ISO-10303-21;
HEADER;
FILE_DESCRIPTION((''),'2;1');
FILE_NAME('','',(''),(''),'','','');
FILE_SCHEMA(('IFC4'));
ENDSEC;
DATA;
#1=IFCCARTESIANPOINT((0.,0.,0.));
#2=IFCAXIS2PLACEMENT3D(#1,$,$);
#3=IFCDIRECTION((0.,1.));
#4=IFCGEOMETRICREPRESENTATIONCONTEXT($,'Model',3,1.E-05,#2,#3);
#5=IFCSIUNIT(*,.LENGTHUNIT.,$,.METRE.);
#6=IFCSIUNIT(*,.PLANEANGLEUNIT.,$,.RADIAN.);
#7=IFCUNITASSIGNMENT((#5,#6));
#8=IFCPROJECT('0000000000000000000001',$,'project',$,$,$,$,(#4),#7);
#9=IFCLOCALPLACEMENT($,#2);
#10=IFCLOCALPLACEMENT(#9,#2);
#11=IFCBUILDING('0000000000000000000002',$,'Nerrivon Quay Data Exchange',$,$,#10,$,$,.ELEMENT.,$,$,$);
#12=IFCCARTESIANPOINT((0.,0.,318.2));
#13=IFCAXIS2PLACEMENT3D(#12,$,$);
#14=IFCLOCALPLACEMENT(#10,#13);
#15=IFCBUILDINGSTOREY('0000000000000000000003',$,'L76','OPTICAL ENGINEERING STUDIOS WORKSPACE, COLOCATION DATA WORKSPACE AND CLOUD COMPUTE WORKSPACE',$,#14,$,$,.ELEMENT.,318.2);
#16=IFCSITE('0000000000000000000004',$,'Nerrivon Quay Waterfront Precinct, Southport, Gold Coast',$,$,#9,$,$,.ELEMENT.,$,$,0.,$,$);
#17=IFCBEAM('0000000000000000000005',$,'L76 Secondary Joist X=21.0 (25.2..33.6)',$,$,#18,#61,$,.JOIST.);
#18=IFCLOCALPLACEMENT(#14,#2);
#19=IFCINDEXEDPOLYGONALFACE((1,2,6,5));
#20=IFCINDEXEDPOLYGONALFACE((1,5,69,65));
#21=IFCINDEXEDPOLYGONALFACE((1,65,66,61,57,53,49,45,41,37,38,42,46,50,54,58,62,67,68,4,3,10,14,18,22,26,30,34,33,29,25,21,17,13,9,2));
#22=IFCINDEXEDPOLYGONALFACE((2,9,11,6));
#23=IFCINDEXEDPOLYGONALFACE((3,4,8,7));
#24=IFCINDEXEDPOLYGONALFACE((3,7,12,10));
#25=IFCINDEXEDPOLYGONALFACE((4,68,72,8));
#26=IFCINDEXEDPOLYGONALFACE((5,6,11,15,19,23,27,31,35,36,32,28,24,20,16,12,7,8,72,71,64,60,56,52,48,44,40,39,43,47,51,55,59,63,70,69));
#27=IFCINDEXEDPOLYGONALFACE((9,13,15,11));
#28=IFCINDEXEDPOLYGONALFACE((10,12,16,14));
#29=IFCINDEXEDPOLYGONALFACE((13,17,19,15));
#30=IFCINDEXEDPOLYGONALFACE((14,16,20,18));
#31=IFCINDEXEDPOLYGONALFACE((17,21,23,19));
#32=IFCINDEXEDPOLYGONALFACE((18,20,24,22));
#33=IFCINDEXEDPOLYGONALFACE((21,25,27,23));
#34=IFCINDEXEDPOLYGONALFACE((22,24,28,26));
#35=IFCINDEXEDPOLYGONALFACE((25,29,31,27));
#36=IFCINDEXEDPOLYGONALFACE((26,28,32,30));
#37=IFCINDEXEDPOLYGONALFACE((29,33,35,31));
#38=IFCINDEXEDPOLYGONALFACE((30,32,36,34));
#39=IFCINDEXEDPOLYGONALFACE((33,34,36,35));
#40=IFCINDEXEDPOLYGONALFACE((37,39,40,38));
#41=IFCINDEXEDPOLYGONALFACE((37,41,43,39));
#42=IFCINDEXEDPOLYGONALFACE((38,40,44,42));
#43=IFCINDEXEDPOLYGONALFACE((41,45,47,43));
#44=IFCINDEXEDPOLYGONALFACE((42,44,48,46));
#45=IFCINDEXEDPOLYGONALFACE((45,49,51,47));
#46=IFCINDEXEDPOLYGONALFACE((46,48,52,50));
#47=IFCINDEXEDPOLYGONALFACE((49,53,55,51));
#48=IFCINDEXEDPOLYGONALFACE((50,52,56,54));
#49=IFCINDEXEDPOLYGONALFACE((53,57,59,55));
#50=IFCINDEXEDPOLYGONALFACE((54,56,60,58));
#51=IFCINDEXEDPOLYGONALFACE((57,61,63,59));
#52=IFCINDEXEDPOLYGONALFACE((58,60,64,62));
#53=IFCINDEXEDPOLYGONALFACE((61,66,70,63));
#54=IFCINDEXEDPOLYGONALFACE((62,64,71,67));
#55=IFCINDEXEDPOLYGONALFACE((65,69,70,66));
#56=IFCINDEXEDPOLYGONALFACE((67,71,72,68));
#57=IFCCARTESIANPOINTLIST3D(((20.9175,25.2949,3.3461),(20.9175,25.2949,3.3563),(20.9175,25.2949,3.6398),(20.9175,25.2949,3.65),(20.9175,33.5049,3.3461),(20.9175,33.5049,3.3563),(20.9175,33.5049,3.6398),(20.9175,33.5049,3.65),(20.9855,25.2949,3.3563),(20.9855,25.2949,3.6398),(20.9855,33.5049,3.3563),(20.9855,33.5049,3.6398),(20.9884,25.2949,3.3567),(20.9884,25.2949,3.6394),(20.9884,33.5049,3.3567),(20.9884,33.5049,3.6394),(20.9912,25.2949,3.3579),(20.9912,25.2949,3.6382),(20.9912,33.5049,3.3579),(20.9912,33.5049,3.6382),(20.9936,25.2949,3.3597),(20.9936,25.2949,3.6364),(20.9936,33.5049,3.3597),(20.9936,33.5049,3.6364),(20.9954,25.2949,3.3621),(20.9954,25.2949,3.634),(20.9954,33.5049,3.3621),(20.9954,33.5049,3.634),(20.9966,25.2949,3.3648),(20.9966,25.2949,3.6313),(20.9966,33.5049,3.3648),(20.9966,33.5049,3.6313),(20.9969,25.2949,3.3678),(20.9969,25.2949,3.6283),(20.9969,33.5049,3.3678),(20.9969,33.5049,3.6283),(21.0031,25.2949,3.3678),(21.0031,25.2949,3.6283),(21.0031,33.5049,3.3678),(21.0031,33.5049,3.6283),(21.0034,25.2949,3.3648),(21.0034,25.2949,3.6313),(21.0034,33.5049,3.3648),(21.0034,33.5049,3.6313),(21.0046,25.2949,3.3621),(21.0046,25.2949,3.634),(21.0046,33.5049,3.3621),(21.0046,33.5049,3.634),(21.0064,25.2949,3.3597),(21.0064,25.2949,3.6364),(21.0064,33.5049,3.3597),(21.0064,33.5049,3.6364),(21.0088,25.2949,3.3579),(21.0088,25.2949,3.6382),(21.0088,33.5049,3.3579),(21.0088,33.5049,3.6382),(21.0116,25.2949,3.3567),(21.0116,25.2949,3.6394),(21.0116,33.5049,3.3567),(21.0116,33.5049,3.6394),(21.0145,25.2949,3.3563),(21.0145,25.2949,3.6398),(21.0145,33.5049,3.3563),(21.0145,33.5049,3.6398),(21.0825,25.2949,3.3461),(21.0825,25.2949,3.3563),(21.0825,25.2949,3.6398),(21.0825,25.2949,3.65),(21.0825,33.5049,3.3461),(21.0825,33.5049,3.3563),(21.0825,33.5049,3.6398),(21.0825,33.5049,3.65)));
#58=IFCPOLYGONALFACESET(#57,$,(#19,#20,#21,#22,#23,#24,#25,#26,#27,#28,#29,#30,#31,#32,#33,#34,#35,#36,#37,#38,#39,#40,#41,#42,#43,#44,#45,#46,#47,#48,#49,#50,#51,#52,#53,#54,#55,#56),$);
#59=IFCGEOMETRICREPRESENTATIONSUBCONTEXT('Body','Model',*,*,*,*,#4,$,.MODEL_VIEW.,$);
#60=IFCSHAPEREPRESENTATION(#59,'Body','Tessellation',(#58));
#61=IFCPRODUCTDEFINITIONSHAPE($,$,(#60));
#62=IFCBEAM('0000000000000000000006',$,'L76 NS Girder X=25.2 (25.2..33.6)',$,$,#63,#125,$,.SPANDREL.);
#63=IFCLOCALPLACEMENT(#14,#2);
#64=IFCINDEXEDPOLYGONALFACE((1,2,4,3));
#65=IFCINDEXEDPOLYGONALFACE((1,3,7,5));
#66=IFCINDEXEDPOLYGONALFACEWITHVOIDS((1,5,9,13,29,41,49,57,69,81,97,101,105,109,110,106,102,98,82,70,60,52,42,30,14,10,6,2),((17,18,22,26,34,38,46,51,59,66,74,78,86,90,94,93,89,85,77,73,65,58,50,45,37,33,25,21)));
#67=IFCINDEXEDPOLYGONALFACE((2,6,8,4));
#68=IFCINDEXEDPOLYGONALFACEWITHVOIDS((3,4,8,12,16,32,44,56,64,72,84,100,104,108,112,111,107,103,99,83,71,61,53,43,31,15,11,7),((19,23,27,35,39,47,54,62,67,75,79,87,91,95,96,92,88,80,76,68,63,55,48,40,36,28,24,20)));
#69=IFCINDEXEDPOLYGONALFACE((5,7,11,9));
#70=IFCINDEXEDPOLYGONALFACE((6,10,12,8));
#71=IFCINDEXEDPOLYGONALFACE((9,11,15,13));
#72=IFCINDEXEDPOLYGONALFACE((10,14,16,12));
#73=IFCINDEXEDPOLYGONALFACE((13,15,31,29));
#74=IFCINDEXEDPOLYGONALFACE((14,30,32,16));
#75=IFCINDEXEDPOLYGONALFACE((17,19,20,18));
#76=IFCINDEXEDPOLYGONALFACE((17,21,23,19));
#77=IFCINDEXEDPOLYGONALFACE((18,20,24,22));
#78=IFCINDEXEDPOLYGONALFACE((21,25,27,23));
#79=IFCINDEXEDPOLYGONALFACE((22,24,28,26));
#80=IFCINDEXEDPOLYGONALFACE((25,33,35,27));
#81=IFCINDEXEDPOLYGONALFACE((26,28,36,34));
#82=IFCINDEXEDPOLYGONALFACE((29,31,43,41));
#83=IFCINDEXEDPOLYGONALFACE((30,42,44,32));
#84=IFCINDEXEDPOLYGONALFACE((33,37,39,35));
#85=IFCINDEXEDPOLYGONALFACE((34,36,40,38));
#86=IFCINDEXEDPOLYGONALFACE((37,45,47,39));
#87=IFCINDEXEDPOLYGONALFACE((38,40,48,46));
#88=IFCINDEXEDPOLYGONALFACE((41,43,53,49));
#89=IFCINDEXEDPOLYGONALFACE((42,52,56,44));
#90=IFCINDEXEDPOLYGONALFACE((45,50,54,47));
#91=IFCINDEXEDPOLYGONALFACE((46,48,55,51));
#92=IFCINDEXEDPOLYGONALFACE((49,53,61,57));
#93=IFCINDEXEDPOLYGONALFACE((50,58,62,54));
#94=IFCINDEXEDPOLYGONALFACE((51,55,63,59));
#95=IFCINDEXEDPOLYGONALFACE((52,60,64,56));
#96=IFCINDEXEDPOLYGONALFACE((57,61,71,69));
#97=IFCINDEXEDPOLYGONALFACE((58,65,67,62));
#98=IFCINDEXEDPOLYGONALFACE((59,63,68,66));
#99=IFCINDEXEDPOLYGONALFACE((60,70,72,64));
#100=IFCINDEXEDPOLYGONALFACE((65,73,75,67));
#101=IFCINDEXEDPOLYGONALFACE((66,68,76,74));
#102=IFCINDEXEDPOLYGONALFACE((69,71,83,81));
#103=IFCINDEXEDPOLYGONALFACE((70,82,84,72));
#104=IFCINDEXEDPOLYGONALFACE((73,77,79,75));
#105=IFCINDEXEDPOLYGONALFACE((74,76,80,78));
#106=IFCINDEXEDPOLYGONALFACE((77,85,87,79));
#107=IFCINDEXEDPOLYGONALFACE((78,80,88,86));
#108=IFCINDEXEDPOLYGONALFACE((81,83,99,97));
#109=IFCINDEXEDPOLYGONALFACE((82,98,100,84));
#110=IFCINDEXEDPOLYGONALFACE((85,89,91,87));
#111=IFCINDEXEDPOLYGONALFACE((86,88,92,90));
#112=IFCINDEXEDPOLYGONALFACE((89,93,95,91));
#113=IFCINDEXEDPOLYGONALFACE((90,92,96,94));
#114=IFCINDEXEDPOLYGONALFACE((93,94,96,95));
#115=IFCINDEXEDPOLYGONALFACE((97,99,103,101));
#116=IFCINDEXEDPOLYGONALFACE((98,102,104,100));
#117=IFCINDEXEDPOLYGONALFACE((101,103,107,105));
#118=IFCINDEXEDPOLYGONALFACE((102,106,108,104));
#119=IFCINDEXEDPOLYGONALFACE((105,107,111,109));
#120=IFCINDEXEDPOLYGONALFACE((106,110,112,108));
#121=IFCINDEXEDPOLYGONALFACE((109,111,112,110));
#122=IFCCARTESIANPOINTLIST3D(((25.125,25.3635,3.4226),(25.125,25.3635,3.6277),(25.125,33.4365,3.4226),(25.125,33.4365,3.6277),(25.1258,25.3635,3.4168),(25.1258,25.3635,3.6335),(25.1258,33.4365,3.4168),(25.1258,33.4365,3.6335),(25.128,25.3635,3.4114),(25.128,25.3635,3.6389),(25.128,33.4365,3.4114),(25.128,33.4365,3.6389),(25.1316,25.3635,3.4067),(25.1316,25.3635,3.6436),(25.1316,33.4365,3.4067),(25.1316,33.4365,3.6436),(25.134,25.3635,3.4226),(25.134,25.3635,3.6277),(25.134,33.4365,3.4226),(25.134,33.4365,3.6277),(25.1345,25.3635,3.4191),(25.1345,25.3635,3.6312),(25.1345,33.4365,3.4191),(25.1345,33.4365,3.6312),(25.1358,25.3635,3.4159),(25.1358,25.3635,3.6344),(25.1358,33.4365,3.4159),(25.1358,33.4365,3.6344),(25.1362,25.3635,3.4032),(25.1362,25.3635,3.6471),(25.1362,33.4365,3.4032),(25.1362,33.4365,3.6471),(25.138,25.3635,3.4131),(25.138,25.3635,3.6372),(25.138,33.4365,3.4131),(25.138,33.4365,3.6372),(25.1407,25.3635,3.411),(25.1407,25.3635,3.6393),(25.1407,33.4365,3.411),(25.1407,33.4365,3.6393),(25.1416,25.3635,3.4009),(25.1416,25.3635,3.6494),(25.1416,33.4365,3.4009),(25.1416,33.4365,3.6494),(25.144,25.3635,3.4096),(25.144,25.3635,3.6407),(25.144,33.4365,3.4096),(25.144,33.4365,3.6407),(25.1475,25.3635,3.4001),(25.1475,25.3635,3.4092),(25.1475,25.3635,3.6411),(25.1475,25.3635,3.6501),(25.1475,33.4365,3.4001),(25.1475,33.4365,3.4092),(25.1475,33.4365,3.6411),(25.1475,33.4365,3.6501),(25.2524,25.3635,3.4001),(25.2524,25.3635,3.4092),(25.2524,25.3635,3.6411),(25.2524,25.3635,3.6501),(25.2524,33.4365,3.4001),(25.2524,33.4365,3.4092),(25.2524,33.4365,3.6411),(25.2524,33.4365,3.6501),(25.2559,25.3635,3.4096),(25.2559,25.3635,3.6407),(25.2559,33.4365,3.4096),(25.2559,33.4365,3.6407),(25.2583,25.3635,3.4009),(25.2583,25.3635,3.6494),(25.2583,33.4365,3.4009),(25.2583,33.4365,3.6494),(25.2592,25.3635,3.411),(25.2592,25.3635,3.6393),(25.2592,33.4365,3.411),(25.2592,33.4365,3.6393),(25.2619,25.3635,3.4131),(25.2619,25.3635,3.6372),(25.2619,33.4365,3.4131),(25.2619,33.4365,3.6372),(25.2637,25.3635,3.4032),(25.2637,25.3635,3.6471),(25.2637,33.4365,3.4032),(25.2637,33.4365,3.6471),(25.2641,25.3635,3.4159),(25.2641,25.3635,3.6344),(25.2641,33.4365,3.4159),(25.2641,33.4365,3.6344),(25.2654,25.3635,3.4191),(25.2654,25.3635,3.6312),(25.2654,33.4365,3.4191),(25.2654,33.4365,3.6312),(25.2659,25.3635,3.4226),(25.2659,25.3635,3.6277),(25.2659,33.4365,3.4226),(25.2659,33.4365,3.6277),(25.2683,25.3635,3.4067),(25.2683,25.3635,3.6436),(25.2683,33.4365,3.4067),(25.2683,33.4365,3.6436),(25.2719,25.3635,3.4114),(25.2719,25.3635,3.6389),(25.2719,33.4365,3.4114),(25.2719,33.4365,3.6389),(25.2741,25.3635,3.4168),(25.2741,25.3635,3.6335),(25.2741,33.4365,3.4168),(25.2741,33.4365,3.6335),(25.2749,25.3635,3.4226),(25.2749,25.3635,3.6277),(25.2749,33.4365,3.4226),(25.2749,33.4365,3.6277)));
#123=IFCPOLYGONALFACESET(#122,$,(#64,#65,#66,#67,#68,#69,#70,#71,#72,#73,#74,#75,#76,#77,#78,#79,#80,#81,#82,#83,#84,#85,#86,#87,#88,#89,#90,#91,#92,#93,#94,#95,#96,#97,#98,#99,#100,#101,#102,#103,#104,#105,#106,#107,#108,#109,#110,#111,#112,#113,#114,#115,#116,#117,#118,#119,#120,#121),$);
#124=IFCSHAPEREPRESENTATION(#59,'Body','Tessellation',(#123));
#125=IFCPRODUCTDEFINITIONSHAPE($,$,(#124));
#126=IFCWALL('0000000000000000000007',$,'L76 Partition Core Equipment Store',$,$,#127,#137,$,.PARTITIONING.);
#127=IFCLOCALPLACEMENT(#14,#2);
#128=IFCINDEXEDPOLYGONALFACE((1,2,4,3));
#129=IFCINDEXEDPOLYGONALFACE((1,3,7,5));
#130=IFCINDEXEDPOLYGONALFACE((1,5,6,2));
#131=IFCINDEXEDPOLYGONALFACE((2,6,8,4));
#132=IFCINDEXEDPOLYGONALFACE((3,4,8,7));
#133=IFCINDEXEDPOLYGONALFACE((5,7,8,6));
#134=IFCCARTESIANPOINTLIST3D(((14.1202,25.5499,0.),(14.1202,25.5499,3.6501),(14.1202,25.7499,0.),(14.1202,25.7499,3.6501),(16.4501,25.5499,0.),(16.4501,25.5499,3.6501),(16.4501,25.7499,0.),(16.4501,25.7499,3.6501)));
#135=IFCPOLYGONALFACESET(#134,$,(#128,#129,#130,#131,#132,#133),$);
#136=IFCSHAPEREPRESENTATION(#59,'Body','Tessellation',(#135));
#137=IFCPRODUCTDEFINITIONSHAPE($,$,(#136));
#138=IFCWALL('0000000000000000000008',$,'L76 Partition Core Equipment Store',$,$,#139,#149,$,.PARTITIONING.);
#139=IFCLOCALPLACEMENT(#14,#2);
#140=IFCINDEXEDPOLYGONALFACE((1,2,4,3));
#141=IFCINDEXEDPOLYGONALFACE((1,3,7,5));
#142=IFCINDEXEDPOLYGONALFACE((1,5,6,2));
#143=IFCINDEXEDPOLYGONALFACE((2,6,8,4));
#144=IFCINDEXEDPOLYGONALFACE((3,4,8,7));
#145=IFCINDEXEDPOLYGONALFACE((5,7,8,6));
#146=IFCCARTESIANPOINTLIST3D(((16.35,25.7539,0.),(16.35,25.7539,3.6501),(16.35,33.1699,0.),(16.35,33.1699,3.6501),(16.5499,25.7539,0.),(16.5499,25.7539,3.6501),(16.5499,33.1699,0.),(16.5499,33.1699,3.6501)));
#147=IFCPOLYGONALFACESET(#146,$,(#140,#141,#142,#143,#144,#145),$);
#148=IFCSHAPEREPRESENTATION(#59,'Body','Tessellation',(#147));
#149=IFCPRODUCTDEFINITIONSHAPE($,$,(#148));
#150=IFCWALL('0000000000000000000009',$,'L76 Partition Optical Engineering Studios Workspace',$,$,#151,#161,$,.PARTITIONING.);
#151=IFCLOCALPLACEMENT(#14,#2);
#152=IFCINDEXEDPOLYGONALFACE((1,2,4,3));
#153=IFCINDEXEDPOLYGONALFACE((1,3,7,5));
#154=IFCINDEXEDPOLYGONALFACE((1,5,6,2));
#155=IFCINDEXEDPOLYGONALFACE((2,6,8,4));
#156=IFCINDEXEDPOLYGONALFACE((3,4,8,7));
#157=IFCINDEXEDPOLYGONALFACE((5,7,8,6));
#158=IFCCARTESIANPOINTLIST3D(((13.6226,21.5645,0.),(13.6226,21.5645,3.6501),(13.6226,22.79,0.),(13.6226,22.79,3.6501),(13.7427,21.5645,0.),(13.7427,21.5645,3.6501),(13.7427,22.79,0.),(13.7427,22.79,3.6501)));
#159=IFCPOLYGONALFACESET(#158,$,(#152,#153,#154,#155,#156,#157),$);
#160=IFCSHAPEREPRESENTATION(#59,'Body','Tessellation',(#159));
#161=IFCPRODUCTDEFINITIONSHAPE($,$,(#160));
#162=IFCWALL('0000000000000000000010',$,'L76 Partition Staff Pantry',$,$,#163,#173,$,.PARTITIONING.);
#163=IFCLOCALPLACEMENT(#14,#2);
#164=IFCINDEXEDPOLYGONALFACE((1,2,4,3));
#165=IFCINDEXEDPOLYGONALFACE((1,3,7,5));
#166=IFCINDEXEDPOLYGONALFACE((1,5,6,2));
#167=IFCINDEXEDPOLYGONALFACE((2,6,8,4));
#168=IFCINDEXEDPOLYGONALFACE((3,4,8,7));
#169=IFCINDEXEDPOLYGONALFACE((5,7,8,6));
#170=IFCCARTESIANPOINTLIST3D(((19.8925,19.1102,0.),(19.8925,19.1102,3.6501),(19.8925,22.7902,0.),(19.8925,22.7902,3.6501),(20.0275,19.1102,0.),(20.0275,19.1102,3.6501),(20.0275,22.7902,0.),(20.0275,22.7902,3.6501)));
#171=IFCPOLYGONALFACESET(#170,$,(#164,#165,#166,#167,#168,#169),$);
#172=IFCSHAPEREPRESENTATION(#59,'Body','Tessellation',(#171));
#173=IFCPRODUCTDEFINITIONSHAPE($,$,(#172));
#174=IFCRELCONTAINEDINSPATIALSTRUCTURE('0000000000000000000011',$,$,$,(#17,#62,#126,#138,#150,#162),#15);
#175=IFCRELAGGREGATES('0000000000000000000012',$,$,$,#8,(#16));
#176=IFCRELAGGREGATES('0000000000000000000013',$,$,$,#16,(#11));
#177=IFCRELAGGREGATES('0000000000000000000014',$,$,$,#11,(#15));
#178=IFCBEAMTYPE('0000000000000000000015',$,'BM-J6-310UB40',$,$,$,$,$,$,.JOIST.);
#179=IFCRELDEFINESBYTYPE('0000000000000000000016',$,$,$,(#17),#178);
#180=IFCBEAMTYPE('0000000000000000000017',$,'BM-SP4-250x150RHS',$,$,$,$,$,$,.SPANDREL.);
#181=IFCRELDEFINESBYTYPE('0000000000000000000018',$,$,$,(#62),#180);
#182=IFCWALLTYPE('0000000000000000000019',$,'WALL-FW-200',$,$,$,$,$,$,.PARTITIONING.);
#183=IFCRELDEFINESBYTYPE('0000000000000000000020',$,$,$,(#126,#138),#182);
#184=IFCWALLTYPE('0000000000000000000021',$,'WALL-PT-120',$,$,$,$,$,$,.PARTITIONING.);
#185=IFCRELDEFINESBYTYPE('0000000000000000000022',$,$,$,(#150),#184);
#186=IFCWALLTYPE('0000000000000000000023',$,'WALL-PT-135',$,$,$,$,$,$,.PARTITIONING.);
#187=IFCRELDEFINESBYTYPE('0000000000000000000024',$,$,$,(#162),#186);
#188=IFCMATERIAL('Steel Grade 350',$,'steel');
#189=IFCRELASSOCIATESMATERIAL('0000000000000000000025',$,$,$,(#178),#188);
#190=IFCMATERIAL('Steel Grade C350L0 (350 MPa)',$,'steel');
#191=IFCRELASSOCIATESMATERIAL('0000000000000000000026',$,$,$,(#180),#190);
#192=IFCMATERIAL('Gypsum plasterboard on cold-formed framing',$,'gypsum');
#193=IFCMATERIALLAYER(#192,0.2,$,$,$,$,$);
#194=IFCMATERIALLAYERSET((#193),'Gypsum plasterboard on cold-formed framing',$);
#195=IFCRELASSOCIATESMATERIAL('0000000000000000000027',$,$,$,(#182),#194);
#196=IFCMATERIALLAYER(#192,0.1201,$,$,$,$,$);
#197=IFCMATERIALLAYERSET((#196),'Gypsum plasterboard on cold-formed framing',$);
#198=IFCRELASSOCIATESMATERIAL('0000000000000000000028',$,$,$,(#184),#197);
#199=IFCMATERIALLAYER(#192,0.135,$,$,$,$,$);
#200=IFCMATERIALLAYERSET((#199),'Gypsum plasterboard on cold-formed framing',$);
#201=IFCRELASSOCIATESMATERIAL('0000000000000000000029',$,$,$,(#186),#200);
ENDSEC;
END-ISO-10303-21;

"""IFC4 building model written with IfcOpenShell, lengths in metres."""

from ifc_helpers import new_model, si_unit, direction, frame, frame_2d, origin, origin_2d, place, context, subcontext, project, spatial, rectangle, hollow_rectangle, i_section, extrude, material, layer, layer_set, material_profile, profile_set, type_object, element, save


model = new_model("IFC4")

# Units and contexts
model_context = context("Model", 3, precision=1e-05, world=origin(), true_north=direction((0.0, 1.0)))
body_context = subcontext(model_context, "Body", "Model", "MODEL_VIEW")
ifc_project = project(units=[si_unit("LENGTHUNIT", "METRE"), si_unit("PLANEANGLEUNIT", "RADIAN")], contexts=[model_context])

# Site, building, storey
site_placement = place(None, origin())
site = spatial("IfcSite", under=ifc_project, at=site_placement, Name="Nerrivon Quay Waterfront Precinct, Southport, Gold Coast", CompositionType="ELEMENT", RefElevation=0.0)
building_placement = place(site_placement, origin())
building = spatial("IfcBuilding", under=site, at=building_placement, Name="Nerrivon Quay Data Exchange", CompositionType="ELEMENT")
storey_placement = place(building_placement, frame((0.0, 0.0, 318.2)))
storey = spatial("IfcBuildingStorey", under=building, at=storey_placement, Name="L76", Description="OPTICAL ENGINEERING STUDIOS WORKSPACE, COLOCATION DATA WORKSPACE AND CLOUD COMPUTE WORKSPACE", CompositionType="ELEMENT", Elevation=318.2)

# Shared definitions
ifc_material_1 = material(Name="Steel Grade 350", Category="steel")

# Beams
ifc_material_profile_1 = material_profile(ifc_material_1, i_section(OverallWidth=0.165, OverallDepth=0.304, WebThickness=0.0061, FlangeThickness=0.0103, FilletRadius=0.0115, at=origin_2d()), Name="310UB40.4")
ifc_profile_set_1 = profile_set([ifc_material_profile_1], Name="Steel Grade 350")
beam_type_1 = type_object("IfcBeamType", Name="BM-J6-310UB40", PredefinedType="JOIST", material=ifc_profile_set_1)
for number, where, z_axis, x_axis, name in (
    (1, (21.0, 25.2949, 3.498), (0.0, 1.0, 0.0), (-1.0, 0.0, 0.0), "L76 Secondary Joist X=21.0 (25.2..33.6)"),
):
    element("IfcBeam", number, at=place(storey_placement, frame(where, z_axis=z_axis, x_axis=x_axis)), inside=storey, type_object=beam_type_1, Name=name, PredefinedType="JOIST", context=body_context, shape_type="SweptSolid", body=[
        extrude(i_section(OverallWidth=0.165, OverallDepth=0.304, WebThickness=0.0061, FlangeThickness=0.0103, FilletRadius=0.0115, at=origin_2d()), origin(), (0.0, 0.0, 1.0), 8.21),
    ])
ifc_material_2 = material(Name="Steel Grade C350L0 (350 MPa)", Category="steel")
ifc_material_profile_2 = material_profile(ifc_material_2, hollow_rectangle(XDim=0.1499, YDim=0.25, WallThickness=0.009, InnerFilletRadius=0.0134, OuterFilletRadius=0.0225, at=origin_2d()), Name="250x150x9.0RHS")
ifc_profile_set_2 = profile_set([ifc_material_profile_2], Name="Steel Grade C350L0 (350 MPa)")
beam_type_2 = type_object("IfcBeamType", Name="BM-SP4-250x150RHS", PredefinedType="SPANDREL", material=ifc_profile_set_2)
beam_1_placement = place(storey_placement, frame((25.2, 25.3635, 3.5251), z_axis=(0.0, 1.0, 0.0), x_axis=(-1.0, 0.0, 0.0)))
element("IfcBeam", 2, at=beam_1_placement, inside=storey, type_object=beam_type_2, Name="L76 NS Girder X=25.2 (25.2..33.6)", PredefinedType="SPANDREL", context=body_context, shape_type="SweptSolid", body=[
    extrude(hollow_rectangle(XDim=0.1499, YDim=0.25, WallThickness=0.009, InnerFilletRadius=0.0134, OuterFilletRadius=0.0225, at=origin_2d()), origin(), (0.0, 0.0, 1.0), 8.073),
])

# Walls
ifc_material_3 = material(Name="Gypsum plasterboard on cold-formed framing", Category="gypsum")
ifc_layer_1 = layer(ifc_material_3, 0.2)
ifc_layer_set_1 = layer_set([ifc_layer_1], Name="Gypsum plasterboard on cold-formed framing")
wall_type_1 = type_object("IfcWallType", Name="WALL-FW-200", PredefinedType="PARTITIONING", material=ifc_layer_set_1)
wall_1_placement = place(storey_placement, frame((14.1201, 25.6499, 0.0), z_axis=(0.0, 0.0, 1.0), x_axis=(1.0, 0.0, 0.0)))
element("IfcWall", 3, at=wall_1_placement, inside=storey, type_object=wall_type_1, Name="L76 Partition Core Equipment Store", PredefinedType="PARTITIONING", context=body_context, shape_type="SweptSolid", body=[
    extrude(rectangle(XDim=2.3298, YDim=0.2, at=frame_2d((1.165, 0.0))), origin(), (0.0, 0.0, 1.0), 3.6501),
])
wall_2_placement = place(storey_placement, frame((16.45, 25.7539, 0.0), z_axis=(0.0, 0.0, 1.0), x_axis=(0.0, 1.0, 0.0)))
element("IfcWall", 4, at=wall_2_placement, inside=storey, type_object=wall_type_1, Name="L76 Partition Core Equipment Store", PredefinedType="PARTITIONING", context=body_context, shape_type="SweptSolid", body=[
    extrude(rectangle(XDim=7.416, YDim=0.2, at=frame_2d((3.708, 0.0))), origin(), (0.0, 0.0, 1.0), 3.6501),
])

# Walls
ifc_layer_2 = layer(ifc_material_3, 0.1201)
ifc_layer_set_2 = layer_set([ifc_layer_2], Name="Gypsum plasterboard on cold-formed framing")
wall_type_2 = type_object("IfcWallType", Name="WALL-PT-120", PredefinedType="PARTITIONING", material=ifc_layer_set_2)
wall_3_placement = place(storey_placement, frame((13.6826, 21.5645, 0.0), z_axis=(0.0, 0.0, 1.0), x_axis=(0.0, 1.0, 0.0)))
element("IfcWall", 5, at=wall_3_placement, inside=storey, type_object=wall_type_2, Name="L76 Partition Optical Engineering Studios Workspace", PredefinedType="PARTITIONING", context=body_context, shape_type="SweptSolid", body=[
    extrude(rectangle(XDim=1.2256, YDim=0.1201, at=frame_2d((0.6128, 0.0))), origin(), (0.0, 0.0, 1.0), 3.6501),
])
ifc_layer_3 = layer(ifc_material_3, 0.135)
ifc_layer_set_3 = layer_set([ifc_layer_3], Name="Gypsum plasterboard on cold-formed framing")
wall_type_3 = type_object("IfcWallType", Name="WALL-PT-135", PredefinedType="PARTITIONING", material=ifc_layer_set_3)
wall_4_placement = place(storey_placement, frame((19.96, 22.79, 0.0), z_axis=(0.0, 0.0, 1.0), x_axis=(0.0, -1.0, 0.0)))
element("IfcWall", 6, at=wall_4_placement, inside=storey, type_object=wall_type_3, Name="L76 Partition Staff Pantry", PredefinedType="PARTITIONING", context=body_context, shape_type="SweptSolid", body=[
    extrude(rectangle(XDim=3.6799, YDim=0.135, at=frame_2d((1.8398, 0.0))), origin(), (0.0, 0.0, 1.0), 3.6501),
])

save(model, "model.ifc")
